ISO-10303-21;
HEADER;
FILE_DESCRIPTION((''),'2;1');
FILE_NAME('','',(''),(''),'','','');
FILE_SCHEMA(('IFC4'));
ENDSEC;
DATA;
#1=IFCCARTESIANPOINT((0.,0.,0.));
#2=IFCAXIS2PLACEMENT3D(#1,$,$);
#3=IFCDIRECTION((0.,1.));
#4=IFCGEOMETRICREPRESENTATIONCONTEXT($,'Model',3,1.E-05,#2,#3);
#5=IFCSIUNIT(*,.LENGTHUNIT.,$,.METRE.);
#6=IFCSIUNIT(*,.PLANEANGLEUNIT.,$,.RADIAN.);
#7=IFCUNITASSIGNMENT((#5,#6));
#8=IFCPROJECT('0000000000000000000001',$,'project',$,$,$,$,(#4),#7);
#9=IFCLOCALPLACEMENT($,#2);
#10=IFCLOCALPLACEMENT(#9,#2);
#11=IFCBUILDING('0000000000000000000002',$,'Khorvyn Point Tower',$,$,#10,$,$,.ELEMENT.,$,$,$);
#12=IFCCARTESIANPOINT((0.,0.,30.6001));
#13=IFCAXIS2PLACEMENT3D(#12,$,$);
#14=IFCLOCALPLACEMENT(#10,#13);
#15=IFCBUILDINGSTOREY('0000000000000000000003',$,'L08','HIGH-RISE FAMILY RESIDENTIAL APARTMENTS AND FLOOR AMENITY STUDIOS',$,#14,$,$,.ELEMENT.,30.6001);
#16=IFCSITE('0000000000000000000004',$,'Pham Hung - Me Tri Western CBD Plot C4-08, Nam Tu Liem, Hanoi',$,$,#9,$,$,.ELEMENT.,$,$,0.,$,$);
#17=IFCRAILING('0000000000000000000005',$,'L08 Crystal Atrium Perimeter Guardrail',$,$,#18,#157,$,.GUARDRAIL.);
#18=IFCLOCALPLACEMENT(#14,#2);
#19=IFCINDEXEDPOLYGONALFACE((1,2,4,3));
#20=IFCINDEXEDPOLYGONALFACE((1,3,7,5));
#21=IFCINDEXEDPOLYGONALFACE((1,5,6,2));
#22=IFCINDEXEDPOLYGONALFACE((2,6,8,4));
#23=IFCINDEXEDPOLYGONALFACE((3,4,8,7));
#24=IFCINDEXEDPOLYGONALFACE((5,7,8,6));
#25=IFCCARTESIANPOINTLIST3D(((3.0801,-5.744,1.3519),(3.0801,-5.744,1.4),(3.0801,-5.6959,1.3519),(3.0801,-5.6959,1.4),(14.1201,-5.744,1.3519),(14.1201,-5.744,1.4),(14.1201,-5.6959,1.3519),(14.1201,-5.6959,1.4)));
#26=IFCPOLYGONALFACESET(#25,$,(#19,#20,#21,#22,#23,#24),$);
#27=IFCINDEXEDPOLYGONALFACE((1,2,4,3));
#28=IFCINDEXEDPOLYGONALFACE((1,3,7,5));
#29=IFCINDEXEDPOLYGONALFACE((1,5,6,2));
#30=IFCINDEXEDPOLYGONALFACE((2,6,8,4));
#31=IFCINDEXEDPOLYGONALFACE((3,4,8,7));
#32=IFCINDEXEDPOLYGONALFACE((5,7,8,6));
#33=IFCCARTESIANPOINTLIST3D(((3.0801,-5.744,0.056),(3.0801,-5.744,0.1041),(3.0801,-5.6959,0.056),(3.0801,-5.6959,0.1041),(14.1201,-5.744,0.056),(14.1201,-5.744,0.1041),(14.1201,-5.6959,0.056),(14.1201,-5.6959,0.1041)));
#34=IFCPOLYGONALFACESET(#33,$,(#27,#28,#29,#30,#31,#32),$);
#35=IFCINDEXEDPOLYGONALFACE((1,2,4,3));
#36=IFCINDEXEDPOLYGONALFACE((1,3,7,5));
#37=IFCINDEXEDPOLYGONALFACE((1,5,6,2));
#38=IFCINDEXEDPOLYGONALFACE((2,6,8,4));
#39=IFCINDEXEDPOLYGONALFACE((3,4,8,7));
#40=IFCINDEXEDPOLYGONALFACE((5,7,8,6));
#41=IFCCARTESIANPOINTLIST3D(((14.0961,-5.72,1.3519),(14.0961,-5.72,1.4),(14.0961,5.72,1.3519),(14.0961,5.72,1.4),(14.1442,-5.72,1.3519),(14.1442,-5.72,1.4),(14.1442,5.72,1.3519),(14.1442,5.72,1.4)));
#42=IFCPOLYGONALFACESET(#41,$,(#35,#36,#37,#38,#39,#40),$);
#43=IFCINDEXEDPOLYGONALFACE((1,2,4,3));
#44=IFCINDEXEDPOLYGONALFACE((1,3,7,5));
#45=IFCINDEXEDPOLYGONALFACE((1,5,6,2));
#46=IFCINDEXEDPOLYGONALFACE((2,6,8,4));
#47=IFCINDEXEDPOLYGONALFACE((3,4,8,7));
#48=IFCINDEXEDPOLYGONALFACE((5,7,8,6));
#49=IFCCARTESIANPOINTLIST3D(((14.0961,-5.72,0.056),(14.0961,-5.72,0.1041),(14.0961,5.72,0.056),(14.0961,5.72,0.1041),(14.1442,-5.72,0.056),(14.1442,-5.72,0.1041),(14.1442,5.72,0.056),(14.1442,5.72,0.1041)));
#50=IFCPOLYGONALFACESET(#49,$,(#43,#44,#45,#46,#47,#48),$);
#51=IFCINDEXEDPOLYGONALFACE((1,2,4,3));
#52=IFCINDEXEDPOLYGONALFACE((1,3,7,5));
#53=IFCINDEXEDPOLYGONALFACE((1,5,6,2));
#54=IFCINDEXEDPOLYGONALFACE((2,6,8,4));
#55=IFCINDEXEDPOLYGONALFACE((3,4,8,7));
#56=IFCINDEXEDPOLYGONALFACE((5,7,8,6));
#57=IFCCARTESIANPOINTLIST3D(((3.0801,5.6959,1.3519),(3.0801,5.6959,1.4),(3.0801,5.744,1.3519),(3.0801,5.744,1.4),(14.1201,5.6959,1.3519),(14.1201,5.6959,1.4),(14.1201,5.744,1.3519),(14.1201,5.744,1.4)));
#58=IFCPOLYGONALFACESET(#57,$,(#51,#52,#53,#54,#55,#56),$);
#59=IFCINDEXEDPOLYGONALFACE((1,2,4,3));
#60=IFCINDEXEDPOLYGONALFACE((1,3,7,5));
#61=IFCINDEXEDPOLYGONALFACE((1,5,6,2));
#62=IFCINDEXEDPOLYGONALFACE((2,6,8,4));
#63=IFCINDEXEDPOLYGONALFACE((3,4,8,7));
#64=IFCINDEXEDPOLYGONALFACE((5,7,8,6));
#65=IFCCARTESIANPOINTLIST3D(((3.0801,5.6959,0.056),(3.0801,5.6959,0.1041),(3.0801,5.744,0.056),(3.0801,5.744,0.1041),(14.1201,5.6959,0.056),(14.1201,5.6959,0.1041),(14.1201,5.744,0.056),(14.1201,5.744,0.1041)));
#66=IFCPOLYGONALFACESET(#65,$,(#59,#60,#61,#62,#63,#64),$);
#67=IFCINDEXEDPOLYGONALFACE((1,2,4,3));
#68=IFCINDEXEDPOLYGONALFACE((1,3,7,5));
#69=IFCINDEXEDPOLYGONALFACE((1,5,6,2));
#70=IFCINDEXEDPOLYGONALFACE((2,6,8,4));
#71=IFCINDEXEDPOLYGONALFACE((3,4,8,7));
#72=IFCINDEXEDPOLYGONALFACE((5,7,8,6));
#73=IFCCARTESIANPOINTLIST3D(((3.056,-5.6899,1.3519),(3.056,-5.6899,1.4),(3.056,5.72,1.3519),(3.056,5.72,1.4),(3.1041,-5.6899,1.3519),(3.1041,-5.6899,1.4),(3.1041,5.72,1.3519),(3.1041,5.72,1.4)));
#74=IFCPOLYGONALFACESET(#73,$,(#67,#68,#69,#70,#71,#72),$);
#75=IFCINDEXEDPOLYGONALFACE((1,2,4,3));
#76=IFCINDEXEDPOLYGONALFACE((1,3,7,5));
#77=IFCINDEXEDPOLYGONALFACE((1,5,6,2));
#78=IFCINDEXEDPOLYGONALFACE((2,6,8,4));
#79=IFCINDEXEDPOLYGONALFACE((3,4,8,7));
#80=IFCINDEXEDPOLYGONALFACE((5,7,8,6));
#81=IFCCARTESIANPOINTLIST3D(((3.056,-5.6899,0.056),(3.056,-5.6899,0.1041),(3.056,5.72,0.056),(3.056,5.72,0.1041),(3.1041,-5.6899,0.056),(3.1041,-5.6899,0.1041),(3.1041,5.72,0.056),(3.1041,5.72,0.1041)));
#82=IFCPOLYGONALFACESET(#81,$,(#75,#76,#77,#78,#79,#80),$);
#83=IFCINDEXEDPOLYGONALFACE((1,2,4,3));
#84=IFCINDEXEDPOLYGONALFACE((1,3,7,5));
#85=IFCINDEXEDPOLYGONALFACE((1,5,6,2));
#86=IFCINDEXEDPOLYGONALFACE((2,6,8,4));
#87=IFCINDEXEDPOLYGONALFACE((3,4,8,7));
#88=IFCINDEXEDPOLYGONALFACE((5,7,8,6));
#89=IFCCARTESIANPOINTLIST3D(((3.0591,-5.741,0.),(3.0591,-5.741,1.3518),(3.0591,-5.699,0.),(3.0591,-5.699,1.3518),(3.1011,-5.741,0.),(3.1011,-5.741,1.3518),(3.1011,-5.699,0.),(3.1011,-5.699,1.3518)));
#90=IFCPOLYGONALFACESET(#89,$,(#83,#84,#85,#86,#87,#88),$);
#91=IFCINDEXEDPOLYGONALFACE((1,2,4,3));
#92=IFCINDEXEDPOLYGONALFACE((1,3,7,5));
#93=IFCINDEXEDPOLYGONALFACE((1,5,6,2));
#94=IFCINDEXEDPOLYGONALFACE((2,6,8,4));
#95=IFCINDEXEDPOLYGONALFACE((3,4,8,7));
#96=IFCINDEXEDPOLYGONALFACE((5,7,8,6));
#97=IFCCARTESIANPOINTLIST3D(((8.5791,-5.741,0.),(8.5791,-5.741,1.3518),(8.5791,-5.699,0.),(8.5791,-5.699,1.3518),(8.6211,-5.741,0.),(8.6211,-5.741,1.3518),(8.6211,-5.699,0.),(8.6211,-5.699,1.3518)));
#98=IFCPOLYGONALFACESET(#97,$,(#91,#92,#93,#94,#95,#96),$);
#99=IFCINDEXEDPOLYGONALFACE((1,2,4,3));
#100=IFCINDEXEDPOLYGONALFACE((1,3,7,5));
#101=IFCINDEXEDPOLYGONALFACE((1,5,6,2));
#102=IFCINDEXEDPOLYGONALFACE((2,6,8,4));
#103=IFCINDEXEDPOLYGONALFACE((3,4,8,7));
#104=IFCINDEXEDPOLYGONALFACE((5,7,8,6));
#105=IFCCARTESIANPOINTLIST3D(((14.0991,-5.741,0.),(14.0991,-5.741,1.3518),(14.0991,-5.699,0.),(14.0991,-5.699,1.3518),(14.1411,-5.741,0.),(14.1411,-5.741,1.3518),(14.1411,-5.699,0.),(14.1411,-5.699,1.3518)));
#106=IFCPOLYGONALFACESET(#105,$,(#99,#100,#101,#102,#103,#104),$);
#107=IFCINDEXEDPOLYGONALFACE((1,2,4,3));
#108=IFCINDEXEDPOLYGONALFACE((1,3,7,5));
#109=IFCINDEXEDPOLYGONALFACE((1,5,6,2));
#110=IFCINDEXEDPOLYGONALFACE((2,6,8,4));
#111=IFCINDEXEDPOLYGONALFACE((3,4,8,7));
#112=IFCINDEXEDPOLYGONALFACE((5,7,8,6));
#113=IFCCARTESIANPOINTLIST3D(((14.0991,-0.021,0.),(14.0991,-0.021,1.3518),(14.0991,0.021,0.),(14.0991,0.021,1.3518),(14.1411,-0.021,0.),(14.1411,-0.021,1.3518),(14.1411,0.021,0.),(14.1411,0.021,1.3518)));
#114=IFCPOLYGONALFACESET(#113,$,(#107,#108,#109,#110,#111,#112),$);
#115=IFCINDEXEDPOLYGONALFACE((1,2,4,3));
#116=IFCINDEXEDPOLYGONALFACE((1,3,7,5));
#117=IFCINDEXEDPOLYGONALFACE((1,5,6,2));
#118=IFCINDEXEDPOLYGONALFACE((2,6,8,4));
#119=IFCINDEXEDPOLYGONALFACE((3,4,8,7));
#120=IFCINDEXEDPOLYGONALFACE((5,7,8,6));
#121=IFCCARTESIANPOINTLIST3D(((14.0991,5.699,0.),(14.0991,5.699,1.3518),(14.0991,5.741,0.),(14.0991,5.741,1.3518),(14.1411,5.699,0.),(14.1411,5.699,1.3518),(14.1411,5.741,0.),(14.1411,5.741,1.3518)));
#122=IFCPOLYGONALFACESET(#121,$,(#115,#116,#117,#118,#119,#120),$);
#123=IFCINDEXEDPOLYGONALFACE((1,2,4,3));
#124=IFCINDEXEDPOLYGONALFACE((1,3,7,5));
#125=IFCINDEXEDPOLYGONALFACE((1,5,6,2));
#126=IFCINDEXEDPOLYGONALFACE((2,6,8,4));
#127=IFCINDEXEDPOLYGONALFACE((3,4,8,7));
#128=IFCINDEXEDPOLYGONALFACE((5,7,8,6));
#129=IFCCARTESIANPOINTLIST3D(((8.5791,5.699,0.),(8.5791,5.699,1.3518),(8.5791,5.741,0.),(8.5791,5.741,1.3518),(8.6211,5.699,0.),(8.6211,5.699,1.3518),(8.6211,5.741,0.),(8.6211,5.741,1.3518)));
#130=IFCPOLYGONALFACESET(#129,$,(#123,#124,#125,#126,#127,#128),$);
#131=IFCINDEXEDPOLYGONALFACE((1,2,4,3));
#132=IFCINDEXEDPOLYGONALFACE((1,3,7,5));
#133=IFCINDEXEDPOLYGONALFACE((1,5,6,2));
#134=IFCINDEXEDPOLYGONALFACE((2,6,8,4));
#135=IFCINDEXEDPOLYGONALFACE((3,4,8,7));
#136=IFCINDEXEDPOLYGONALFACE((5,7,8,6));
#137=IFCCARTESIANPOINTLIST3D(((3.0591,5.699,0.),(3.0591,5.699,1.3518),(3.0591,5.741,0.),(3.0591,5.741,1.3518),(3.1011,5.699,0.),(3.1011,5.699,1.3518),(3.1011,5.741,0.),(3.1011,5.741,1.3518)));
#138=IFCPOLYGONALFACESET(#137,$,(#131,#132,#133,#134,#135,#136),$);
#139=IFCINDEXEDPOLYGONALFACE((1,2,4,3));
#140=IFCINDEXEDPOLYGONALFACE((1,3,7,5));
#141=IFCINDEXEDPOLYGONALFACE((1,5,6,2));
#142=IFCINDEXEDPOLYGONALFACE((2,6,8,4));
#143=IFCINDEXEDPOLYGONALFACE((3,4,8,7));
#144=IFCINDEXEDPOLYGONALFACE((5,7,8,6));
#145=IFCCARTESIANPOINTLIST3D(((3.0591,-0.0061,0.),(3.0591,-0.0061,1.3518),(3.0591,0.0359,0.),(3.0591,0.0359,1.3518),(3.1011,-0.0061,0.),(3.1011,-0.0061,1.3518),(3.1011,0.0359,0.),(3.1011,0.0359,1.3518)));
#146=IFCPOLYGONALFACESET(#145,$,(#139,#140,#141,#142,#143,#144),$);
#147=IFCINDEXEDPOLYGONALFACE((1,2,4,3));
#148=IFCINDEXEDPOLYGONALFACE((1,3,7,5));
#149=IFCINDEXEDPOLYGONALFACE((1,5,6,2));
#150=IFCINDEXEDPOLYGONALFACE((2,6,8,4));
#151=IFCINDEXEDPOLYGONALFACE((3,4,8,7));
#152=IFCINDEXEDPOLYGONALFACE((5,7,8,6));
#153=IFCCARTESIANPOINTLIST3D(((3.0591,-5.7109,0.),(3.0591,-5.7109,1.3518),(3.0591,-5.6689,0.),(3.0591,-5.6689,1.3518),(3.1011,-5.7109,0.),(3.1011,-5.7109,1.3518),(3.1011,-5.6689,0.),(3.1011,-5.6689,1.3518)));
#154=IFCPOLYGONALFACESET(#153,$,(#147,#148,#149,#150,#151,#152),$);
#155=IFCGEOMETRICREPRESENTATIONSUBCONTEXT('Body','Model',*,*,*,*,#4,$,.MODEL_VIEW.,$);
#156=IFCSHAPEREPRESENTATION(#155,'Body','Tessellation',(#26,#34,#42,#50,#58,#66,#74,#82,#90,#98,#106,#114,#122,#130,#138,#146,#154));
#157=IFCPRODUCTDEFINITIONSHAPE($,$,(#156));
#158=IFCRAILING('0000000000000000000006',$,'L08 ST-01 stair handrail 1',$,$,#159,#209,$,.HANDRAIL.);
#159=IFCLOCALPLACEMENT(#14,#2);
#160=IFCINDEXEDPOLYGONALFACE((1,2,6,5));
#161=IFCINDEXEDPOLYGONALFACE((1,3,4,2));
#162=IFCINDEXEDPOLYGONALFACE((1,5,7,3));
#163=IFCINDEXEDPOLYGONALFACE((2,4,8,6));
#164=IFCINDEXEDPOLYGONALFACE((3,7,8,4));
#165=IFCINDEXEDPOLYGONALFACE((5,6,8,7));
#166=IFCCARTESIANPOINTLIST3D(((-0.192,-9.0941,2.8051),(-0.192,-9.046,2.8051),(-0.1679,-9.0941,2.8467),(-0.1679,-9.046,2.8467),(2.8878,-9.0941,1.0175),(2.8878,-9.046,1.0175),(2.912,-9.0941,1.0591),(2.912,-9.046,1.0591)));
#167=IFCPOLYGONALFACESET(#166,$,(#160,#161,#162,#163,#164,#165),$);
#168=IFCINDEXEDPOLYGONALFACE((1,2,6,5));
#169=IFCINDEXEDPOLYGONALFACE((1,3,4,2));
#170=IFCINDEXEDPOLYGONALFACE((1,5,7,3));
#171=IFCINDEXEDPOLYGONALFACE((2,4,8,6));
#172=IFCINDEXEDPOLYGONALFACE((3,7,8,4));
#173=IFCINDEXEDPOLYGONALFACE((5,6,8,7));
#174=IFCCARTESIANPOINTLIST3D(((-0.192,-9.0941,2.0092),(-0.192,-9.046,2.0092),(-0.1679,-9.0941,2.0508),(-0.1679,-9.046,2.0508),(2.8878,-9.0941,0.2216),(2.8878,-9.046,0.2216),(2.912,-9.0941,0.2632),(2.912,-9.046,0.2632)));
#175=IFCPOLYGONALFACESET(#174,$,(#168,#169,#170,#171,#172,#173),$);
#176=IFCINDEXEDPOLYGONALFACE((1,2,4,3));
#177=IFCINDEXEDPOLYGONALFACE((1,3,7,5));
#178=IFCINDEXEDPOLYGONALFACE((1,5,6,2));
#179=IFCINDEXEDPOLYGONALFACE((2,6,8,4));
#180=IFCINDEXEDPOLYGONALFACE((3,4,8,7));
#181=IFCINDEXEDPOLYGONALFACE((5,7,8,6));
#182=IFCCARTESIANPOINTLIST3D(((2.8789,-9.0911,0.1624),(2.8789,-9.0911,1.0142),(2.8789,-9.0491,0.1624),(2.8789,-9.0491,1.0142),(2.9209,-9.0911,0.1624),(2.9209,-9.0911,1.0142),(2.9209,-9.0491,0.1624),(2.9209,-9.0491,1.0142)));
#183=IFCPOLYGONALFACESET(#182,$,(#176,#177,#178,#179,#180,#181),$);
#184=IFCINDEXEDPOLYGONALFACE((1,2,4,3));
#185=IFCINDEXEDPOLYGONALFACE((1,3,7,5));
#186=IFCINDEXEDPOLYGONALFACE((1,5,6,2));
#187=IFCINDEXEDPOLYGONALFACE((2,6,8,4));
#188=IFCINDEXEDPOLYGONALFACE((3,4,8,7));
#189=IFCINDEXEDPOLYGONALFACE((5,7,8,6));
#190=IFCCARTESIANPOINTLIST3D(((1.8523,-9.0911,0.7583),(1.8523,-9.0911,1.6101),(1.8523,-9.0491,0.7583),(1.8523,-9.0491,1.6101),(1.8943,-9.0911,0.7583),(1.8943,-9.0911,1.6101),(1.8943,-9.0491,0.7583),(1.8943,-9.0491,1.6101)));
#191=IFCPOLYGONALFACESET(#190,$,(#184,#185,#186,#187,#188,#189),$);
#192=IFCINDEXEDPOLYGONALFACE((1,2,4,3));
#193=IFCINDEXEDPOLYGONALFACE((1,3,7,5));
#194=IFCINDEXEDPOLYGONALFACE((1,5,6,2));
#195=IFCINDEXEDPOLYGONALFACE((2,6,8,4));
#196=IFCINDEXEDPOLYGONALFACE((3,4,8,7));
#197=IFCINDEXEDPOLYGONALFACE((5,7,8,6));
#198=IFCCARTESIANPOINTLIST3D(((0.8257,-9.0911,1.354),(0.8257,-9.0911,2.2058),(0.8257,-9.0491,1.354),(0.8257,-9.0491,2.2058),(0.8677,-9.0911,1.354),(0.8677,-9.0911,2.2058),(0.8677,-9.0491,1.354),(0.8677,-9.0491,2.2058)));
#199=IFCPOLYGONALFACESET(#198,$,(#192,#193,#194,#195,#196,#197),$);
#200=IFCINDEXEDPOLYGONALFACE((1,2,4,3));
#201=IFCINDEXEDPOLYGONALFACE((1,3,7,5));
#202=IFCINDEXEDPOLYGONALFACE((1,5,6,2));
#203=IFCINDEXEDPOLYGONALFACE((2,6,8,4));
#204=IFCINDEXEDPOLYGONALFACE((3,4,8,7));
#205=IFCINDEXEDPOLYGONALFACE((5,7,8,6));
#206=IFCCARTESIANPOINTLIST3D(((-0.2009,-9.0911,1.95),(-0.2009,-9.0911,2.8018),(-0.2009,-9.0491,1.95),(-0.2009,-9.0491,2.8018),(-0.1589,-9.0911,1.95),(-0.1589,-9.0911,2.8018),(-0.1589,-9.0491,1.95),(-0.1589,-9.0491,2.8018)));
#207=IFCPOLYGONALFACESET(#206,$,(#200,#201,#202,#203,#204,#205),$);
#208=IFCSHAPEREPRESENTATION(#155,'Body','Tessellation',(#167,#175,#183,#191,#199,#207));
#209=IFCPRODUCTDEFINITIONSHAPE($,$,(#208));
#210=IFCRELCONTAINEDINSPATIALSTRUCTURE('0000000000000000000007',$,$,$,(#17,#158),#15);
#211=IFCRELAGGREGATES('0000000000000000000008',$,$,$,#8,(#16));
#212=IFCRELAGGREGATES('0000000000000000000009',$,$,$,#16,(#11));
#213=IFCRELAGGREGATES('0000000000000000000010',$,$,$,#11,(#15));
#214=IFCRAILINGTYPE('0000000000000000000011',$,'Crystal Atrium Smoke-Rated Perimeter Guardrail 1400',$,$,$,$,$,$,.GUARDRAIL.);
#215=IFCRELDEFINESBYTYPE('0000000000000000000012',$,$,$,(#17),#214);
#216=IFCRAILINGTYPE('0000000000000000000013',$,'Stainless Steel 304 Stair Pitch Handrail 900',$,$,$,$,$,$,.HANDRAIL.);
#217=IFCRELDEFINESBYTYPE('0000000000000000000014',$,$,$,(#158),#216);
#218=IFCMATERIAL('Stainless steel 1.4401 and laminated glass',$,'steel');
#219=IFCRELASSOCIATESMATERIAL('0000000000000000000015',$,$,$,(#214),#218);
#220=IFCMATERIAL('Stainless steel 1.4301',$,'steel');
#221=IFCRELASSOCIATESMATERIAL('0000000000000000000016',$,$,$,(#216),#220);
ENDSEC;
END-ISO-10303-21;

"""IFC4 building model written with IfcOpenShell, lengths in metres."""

from ifc_helpers import new_model, si_unit, direction, frame, origin, origin_2d, place, context, subcontext, project, spatial, rectangle, extrude, material, type_object, element, save


model = new_model("IFC4")

# Units and contexts
model_context = context("Model", 3, precision=1e-05, world=origin(), true_north=direction((0.0, 1.0)))
body_context = subcontext(model_context, "Body", "Model", "MODEL_VIEW")
ifc_project = project(units=[si_unit("LENGTHUNIT", "METRE"), si_unit("PLANEANGLEUNIT", "RADIAN")], contexts=[model_context])

# Site, building, storey
site_placement = place(None, origin())
site = spatial("IfcSite", under=ifc_project, at=site_placement, Name="Pham Hung - Me Tri Western CBD Plot C4-08, Nam Tu Liem, Hanoi", CompositionType="ELEMENT", RefElevation=0.0)
building_placement = place(site_placement, origin())
building = spatial("IfcBuilding", under=site, at=building_placement, Name="Khorvyn Point Tower", CompositionType="ELEMENT")
storey_placement = place(building_placement, frame((0.0, 0.0, 30.6001)))
storey = spatial("IfcBuildingStorey", under=building, at=storey_placement, Name="L08", Description="HIGH-RISE FAMILY RESIDENTIAL APARTMENTS AND FLOOR AMENITY STUDIOS", CompositionType="ELEMENT", Elevation=30.6001)

# Shared definitions
ifc_material_1 = material(Name="Stainless steel 1.4301", Category="steel")

# Railings
ifc_material_2 = material(Name="Stainless steel 1.4401 and laminated glass", Category="steel")
railing_type_1 = type_object("IfcRailingType", Name="Crystal Atrium Smoke-Rated Perimeter Guardrail 1400", PredefinedType="GUARDRAIL", material=ifc_material_2)
railing_1_placement = place(storey_placement, frame((3.0801, -5.72, 0.0)))
element("IfcRailing", 1, at=railing_1_placement, inside=storey, type_object=railing_type_1, Name="L08 Crystal Atrium Perimeter Guardrail", PredefinedType="GUARDRAIL", context=body_context, shape_type="SweptSolid", body=[
    extrude(rectangle(XDim=0.0481, YDim=0.0481, at=origin_2d()), frame((0.0, 0.0, 1.376), z_axis=(1.0, 0.0, 0.0), x_axis=(0.0, 1.0, 0.0)), (0.0, 0.0, 1.0), 11.04),
    extrude(rectangle(XDim=0.0481, YDim=0.0481, at=origin_2d()), frame((0.0, 0.0, 0.0801), z_axis=(1.0, 0.0, 0.0), x_axis=(0.0, 1.0, 0.0)), (0.0, 0.0, 1.0), 11.04),
    extrude(rectangle(XDim=0.0481, YDim=0.0481, at=origin_2d()), frame((11.04, 0.0, 1.376), z_axis=(0.0, 1.0, 0.0), x_axis=(-1.0, 0.0, 0.0)), (0.0, 0.0, 1.0), 11.4399),
    extrude(rectangle(XDim=0.0481, YDim=0.0481, at=origin_2d()), frame((11.04, 0.0, 0.0801), z_axis=(0.0, 1.0, 0.0), x_axis=(-1.0, 0.0, 0.0)), (0.0, 0.0, 1.0), 11.4399),
    extrude(rectangle(XDim=0.0481, YDim=0.0481, at=origin_2d()), frame((11.04, 11.4399, 1.376), z_axis=(-1.0, 0.0, 0.0), x_axis=(0.0, -1.0, 0.0)), (0.0, 0.0, 1.0), 11.04),
    extrude(rectangle(XDim=0.0481, YDim=0.0481, at=origin_2d()), frame((11.04, 11.4399, 0.0801), z_axis=(-1.0, 0.0, 0.0), x_axis=(0.0, -1.0, 0.0)), (0.0, 0.0, 1.0), 11.04),
    extrude(rectangle(XDim=0.0481, YDim=0.0481, at=origin_2d()), frame((0.0, 11.4399, 1.376), z_axis=(0.0, -1.0, 0.0), x_axis=(1.0, 0.0, 0.0)), (0.0, 0.0, 1.0), 11.4099),
    extrude(rectangle(XDim=0.0481, YDim=0.0481, at=origin_2d()), frame((0.0, 11.4399, 0.0801), z_axis=(0.0, -1.0, 0.0), x_axis=(1.0, 0.0, 0.0)), (0.0, 0.0, 1.0), 11.4099),
    extrude(rectangle(XDim=0.042, YDim=0.042, at=origin_2d()), origin(), (0.0, 0.0, 1.0), 1.3518),
    extrude(rectangle(XDim=0.042, YDim=0.042, at=origin_2d()), frame((5.52, 0.0, 0.0)), (0.0, 0.0, 1.0), 1.3518),
    extrude(rectangle(XDim=0.042, YDim=0.042, at=origin_2d()), frame((11.04, 0.0, 0.0)), (0.0, 0.0, 1.0), 1.3518),
    extrude(rectangle(XDim=0.042, YDim=0.042, at=origin_2d()), frame((11.04, 5.72, 0.0)), (0.0, 0.0, 1.0), 1.3518),
    extrude(rectangle(XDim=0.042, YDim=0.042, at=origin_2d()), frame((11.04, 11.4399, 0.0)), (0.0, 0.0, 1.0), 1.3518),
    extrude(rectangle(XDim=0.042, YDim=0.042, at=origin_2d()), frame((5.52, 11.4399, 0.0)), (0.0, 0.0, 1.0), 1.3518),
    extrude(rectangle(XDim=0.042, YDim=0.042, at=origin_2d()), frame((0.0, 11.4399, 0.0)), (0.0, 0.0, 1.0), 1.3518),
    extrude(rectangle(XDim=0.042, YDim=0.042, at=origin_2d()), frame((0.0, 5.7349, 0.0)), (0.0, 0.0, 1.0), 1.3518),
    extrude(rectangle(XDim=0.042, YDim=0.042, at=origin_2d()), frame((0.0, 0.03, 0.0)), (0.0, 0.0, 1.0), 1.3518),
])
railing_type_2 = type_object("IfcRailingType", Name="Stainless Steel 304 Stair Pitch Handrail 900", PredefinedType="HANDRAIL", material=ifc_material_1)
railing_2_placement = place(storey_placement, frame((2.8999, -9.0701, 0.1624)))
element("IfcRailing", 2, at=railing_2_placement, inside=storey, type_object=railing_type_2, Name="L08 ST-01 stair handrail 1", PredefinedType="HANDRAIL", context=body_context, shape_type="SweptSolid", body=[
    extrude(rectangle(XDim=0.0481, YDim=0.0481, at=origin_2d()), frame((0.0, 0.0, 0.876), z_axis=(-0.864873, 0.0, 0.50199), x_axis=(0.0, -1.0, 0.0)), (0.0, 0.0, 1.0), 3.561),
    extrude(rectangle(XDim=0.0481, YDim=0.0481, at=origin_2d()), frame((0.0, 0.0, 0.0801), z_axis=(-0.864873, 0.0, 0.50199), x_axis=(0.0, -1.0, 0.0)), (0.0, 0.0, 1.0), 3.561),
    extrude(rectangle(XDim=0.042, YDim=0.042, at=origin_2d()), origin(), (0.0, 0.0, 1.0), 0.8518),
    extrude(rectangle(XDim=0.042, YDim=0.042, at=origin_2d()), frame((-1.0266, 0.0, 0.5959)), (0.0, 0.0, 1.0), 0.8518),
    extrude(rectangle(XDim=0.042, YDim=0.042, at=origin_2d()), frame((-2.0532, 0.0, 1.1917)), (0.0, 0.0, 1.0), 0.8518),
    extrude(rectangle(XDim=0.042, YDim=0.042, at=origin_2d()), frame((-3.0798, 0.0, 1.7876)), (0.0, 0.0, 1.0), 0.8518),
])

save(model, "model.ifc")
